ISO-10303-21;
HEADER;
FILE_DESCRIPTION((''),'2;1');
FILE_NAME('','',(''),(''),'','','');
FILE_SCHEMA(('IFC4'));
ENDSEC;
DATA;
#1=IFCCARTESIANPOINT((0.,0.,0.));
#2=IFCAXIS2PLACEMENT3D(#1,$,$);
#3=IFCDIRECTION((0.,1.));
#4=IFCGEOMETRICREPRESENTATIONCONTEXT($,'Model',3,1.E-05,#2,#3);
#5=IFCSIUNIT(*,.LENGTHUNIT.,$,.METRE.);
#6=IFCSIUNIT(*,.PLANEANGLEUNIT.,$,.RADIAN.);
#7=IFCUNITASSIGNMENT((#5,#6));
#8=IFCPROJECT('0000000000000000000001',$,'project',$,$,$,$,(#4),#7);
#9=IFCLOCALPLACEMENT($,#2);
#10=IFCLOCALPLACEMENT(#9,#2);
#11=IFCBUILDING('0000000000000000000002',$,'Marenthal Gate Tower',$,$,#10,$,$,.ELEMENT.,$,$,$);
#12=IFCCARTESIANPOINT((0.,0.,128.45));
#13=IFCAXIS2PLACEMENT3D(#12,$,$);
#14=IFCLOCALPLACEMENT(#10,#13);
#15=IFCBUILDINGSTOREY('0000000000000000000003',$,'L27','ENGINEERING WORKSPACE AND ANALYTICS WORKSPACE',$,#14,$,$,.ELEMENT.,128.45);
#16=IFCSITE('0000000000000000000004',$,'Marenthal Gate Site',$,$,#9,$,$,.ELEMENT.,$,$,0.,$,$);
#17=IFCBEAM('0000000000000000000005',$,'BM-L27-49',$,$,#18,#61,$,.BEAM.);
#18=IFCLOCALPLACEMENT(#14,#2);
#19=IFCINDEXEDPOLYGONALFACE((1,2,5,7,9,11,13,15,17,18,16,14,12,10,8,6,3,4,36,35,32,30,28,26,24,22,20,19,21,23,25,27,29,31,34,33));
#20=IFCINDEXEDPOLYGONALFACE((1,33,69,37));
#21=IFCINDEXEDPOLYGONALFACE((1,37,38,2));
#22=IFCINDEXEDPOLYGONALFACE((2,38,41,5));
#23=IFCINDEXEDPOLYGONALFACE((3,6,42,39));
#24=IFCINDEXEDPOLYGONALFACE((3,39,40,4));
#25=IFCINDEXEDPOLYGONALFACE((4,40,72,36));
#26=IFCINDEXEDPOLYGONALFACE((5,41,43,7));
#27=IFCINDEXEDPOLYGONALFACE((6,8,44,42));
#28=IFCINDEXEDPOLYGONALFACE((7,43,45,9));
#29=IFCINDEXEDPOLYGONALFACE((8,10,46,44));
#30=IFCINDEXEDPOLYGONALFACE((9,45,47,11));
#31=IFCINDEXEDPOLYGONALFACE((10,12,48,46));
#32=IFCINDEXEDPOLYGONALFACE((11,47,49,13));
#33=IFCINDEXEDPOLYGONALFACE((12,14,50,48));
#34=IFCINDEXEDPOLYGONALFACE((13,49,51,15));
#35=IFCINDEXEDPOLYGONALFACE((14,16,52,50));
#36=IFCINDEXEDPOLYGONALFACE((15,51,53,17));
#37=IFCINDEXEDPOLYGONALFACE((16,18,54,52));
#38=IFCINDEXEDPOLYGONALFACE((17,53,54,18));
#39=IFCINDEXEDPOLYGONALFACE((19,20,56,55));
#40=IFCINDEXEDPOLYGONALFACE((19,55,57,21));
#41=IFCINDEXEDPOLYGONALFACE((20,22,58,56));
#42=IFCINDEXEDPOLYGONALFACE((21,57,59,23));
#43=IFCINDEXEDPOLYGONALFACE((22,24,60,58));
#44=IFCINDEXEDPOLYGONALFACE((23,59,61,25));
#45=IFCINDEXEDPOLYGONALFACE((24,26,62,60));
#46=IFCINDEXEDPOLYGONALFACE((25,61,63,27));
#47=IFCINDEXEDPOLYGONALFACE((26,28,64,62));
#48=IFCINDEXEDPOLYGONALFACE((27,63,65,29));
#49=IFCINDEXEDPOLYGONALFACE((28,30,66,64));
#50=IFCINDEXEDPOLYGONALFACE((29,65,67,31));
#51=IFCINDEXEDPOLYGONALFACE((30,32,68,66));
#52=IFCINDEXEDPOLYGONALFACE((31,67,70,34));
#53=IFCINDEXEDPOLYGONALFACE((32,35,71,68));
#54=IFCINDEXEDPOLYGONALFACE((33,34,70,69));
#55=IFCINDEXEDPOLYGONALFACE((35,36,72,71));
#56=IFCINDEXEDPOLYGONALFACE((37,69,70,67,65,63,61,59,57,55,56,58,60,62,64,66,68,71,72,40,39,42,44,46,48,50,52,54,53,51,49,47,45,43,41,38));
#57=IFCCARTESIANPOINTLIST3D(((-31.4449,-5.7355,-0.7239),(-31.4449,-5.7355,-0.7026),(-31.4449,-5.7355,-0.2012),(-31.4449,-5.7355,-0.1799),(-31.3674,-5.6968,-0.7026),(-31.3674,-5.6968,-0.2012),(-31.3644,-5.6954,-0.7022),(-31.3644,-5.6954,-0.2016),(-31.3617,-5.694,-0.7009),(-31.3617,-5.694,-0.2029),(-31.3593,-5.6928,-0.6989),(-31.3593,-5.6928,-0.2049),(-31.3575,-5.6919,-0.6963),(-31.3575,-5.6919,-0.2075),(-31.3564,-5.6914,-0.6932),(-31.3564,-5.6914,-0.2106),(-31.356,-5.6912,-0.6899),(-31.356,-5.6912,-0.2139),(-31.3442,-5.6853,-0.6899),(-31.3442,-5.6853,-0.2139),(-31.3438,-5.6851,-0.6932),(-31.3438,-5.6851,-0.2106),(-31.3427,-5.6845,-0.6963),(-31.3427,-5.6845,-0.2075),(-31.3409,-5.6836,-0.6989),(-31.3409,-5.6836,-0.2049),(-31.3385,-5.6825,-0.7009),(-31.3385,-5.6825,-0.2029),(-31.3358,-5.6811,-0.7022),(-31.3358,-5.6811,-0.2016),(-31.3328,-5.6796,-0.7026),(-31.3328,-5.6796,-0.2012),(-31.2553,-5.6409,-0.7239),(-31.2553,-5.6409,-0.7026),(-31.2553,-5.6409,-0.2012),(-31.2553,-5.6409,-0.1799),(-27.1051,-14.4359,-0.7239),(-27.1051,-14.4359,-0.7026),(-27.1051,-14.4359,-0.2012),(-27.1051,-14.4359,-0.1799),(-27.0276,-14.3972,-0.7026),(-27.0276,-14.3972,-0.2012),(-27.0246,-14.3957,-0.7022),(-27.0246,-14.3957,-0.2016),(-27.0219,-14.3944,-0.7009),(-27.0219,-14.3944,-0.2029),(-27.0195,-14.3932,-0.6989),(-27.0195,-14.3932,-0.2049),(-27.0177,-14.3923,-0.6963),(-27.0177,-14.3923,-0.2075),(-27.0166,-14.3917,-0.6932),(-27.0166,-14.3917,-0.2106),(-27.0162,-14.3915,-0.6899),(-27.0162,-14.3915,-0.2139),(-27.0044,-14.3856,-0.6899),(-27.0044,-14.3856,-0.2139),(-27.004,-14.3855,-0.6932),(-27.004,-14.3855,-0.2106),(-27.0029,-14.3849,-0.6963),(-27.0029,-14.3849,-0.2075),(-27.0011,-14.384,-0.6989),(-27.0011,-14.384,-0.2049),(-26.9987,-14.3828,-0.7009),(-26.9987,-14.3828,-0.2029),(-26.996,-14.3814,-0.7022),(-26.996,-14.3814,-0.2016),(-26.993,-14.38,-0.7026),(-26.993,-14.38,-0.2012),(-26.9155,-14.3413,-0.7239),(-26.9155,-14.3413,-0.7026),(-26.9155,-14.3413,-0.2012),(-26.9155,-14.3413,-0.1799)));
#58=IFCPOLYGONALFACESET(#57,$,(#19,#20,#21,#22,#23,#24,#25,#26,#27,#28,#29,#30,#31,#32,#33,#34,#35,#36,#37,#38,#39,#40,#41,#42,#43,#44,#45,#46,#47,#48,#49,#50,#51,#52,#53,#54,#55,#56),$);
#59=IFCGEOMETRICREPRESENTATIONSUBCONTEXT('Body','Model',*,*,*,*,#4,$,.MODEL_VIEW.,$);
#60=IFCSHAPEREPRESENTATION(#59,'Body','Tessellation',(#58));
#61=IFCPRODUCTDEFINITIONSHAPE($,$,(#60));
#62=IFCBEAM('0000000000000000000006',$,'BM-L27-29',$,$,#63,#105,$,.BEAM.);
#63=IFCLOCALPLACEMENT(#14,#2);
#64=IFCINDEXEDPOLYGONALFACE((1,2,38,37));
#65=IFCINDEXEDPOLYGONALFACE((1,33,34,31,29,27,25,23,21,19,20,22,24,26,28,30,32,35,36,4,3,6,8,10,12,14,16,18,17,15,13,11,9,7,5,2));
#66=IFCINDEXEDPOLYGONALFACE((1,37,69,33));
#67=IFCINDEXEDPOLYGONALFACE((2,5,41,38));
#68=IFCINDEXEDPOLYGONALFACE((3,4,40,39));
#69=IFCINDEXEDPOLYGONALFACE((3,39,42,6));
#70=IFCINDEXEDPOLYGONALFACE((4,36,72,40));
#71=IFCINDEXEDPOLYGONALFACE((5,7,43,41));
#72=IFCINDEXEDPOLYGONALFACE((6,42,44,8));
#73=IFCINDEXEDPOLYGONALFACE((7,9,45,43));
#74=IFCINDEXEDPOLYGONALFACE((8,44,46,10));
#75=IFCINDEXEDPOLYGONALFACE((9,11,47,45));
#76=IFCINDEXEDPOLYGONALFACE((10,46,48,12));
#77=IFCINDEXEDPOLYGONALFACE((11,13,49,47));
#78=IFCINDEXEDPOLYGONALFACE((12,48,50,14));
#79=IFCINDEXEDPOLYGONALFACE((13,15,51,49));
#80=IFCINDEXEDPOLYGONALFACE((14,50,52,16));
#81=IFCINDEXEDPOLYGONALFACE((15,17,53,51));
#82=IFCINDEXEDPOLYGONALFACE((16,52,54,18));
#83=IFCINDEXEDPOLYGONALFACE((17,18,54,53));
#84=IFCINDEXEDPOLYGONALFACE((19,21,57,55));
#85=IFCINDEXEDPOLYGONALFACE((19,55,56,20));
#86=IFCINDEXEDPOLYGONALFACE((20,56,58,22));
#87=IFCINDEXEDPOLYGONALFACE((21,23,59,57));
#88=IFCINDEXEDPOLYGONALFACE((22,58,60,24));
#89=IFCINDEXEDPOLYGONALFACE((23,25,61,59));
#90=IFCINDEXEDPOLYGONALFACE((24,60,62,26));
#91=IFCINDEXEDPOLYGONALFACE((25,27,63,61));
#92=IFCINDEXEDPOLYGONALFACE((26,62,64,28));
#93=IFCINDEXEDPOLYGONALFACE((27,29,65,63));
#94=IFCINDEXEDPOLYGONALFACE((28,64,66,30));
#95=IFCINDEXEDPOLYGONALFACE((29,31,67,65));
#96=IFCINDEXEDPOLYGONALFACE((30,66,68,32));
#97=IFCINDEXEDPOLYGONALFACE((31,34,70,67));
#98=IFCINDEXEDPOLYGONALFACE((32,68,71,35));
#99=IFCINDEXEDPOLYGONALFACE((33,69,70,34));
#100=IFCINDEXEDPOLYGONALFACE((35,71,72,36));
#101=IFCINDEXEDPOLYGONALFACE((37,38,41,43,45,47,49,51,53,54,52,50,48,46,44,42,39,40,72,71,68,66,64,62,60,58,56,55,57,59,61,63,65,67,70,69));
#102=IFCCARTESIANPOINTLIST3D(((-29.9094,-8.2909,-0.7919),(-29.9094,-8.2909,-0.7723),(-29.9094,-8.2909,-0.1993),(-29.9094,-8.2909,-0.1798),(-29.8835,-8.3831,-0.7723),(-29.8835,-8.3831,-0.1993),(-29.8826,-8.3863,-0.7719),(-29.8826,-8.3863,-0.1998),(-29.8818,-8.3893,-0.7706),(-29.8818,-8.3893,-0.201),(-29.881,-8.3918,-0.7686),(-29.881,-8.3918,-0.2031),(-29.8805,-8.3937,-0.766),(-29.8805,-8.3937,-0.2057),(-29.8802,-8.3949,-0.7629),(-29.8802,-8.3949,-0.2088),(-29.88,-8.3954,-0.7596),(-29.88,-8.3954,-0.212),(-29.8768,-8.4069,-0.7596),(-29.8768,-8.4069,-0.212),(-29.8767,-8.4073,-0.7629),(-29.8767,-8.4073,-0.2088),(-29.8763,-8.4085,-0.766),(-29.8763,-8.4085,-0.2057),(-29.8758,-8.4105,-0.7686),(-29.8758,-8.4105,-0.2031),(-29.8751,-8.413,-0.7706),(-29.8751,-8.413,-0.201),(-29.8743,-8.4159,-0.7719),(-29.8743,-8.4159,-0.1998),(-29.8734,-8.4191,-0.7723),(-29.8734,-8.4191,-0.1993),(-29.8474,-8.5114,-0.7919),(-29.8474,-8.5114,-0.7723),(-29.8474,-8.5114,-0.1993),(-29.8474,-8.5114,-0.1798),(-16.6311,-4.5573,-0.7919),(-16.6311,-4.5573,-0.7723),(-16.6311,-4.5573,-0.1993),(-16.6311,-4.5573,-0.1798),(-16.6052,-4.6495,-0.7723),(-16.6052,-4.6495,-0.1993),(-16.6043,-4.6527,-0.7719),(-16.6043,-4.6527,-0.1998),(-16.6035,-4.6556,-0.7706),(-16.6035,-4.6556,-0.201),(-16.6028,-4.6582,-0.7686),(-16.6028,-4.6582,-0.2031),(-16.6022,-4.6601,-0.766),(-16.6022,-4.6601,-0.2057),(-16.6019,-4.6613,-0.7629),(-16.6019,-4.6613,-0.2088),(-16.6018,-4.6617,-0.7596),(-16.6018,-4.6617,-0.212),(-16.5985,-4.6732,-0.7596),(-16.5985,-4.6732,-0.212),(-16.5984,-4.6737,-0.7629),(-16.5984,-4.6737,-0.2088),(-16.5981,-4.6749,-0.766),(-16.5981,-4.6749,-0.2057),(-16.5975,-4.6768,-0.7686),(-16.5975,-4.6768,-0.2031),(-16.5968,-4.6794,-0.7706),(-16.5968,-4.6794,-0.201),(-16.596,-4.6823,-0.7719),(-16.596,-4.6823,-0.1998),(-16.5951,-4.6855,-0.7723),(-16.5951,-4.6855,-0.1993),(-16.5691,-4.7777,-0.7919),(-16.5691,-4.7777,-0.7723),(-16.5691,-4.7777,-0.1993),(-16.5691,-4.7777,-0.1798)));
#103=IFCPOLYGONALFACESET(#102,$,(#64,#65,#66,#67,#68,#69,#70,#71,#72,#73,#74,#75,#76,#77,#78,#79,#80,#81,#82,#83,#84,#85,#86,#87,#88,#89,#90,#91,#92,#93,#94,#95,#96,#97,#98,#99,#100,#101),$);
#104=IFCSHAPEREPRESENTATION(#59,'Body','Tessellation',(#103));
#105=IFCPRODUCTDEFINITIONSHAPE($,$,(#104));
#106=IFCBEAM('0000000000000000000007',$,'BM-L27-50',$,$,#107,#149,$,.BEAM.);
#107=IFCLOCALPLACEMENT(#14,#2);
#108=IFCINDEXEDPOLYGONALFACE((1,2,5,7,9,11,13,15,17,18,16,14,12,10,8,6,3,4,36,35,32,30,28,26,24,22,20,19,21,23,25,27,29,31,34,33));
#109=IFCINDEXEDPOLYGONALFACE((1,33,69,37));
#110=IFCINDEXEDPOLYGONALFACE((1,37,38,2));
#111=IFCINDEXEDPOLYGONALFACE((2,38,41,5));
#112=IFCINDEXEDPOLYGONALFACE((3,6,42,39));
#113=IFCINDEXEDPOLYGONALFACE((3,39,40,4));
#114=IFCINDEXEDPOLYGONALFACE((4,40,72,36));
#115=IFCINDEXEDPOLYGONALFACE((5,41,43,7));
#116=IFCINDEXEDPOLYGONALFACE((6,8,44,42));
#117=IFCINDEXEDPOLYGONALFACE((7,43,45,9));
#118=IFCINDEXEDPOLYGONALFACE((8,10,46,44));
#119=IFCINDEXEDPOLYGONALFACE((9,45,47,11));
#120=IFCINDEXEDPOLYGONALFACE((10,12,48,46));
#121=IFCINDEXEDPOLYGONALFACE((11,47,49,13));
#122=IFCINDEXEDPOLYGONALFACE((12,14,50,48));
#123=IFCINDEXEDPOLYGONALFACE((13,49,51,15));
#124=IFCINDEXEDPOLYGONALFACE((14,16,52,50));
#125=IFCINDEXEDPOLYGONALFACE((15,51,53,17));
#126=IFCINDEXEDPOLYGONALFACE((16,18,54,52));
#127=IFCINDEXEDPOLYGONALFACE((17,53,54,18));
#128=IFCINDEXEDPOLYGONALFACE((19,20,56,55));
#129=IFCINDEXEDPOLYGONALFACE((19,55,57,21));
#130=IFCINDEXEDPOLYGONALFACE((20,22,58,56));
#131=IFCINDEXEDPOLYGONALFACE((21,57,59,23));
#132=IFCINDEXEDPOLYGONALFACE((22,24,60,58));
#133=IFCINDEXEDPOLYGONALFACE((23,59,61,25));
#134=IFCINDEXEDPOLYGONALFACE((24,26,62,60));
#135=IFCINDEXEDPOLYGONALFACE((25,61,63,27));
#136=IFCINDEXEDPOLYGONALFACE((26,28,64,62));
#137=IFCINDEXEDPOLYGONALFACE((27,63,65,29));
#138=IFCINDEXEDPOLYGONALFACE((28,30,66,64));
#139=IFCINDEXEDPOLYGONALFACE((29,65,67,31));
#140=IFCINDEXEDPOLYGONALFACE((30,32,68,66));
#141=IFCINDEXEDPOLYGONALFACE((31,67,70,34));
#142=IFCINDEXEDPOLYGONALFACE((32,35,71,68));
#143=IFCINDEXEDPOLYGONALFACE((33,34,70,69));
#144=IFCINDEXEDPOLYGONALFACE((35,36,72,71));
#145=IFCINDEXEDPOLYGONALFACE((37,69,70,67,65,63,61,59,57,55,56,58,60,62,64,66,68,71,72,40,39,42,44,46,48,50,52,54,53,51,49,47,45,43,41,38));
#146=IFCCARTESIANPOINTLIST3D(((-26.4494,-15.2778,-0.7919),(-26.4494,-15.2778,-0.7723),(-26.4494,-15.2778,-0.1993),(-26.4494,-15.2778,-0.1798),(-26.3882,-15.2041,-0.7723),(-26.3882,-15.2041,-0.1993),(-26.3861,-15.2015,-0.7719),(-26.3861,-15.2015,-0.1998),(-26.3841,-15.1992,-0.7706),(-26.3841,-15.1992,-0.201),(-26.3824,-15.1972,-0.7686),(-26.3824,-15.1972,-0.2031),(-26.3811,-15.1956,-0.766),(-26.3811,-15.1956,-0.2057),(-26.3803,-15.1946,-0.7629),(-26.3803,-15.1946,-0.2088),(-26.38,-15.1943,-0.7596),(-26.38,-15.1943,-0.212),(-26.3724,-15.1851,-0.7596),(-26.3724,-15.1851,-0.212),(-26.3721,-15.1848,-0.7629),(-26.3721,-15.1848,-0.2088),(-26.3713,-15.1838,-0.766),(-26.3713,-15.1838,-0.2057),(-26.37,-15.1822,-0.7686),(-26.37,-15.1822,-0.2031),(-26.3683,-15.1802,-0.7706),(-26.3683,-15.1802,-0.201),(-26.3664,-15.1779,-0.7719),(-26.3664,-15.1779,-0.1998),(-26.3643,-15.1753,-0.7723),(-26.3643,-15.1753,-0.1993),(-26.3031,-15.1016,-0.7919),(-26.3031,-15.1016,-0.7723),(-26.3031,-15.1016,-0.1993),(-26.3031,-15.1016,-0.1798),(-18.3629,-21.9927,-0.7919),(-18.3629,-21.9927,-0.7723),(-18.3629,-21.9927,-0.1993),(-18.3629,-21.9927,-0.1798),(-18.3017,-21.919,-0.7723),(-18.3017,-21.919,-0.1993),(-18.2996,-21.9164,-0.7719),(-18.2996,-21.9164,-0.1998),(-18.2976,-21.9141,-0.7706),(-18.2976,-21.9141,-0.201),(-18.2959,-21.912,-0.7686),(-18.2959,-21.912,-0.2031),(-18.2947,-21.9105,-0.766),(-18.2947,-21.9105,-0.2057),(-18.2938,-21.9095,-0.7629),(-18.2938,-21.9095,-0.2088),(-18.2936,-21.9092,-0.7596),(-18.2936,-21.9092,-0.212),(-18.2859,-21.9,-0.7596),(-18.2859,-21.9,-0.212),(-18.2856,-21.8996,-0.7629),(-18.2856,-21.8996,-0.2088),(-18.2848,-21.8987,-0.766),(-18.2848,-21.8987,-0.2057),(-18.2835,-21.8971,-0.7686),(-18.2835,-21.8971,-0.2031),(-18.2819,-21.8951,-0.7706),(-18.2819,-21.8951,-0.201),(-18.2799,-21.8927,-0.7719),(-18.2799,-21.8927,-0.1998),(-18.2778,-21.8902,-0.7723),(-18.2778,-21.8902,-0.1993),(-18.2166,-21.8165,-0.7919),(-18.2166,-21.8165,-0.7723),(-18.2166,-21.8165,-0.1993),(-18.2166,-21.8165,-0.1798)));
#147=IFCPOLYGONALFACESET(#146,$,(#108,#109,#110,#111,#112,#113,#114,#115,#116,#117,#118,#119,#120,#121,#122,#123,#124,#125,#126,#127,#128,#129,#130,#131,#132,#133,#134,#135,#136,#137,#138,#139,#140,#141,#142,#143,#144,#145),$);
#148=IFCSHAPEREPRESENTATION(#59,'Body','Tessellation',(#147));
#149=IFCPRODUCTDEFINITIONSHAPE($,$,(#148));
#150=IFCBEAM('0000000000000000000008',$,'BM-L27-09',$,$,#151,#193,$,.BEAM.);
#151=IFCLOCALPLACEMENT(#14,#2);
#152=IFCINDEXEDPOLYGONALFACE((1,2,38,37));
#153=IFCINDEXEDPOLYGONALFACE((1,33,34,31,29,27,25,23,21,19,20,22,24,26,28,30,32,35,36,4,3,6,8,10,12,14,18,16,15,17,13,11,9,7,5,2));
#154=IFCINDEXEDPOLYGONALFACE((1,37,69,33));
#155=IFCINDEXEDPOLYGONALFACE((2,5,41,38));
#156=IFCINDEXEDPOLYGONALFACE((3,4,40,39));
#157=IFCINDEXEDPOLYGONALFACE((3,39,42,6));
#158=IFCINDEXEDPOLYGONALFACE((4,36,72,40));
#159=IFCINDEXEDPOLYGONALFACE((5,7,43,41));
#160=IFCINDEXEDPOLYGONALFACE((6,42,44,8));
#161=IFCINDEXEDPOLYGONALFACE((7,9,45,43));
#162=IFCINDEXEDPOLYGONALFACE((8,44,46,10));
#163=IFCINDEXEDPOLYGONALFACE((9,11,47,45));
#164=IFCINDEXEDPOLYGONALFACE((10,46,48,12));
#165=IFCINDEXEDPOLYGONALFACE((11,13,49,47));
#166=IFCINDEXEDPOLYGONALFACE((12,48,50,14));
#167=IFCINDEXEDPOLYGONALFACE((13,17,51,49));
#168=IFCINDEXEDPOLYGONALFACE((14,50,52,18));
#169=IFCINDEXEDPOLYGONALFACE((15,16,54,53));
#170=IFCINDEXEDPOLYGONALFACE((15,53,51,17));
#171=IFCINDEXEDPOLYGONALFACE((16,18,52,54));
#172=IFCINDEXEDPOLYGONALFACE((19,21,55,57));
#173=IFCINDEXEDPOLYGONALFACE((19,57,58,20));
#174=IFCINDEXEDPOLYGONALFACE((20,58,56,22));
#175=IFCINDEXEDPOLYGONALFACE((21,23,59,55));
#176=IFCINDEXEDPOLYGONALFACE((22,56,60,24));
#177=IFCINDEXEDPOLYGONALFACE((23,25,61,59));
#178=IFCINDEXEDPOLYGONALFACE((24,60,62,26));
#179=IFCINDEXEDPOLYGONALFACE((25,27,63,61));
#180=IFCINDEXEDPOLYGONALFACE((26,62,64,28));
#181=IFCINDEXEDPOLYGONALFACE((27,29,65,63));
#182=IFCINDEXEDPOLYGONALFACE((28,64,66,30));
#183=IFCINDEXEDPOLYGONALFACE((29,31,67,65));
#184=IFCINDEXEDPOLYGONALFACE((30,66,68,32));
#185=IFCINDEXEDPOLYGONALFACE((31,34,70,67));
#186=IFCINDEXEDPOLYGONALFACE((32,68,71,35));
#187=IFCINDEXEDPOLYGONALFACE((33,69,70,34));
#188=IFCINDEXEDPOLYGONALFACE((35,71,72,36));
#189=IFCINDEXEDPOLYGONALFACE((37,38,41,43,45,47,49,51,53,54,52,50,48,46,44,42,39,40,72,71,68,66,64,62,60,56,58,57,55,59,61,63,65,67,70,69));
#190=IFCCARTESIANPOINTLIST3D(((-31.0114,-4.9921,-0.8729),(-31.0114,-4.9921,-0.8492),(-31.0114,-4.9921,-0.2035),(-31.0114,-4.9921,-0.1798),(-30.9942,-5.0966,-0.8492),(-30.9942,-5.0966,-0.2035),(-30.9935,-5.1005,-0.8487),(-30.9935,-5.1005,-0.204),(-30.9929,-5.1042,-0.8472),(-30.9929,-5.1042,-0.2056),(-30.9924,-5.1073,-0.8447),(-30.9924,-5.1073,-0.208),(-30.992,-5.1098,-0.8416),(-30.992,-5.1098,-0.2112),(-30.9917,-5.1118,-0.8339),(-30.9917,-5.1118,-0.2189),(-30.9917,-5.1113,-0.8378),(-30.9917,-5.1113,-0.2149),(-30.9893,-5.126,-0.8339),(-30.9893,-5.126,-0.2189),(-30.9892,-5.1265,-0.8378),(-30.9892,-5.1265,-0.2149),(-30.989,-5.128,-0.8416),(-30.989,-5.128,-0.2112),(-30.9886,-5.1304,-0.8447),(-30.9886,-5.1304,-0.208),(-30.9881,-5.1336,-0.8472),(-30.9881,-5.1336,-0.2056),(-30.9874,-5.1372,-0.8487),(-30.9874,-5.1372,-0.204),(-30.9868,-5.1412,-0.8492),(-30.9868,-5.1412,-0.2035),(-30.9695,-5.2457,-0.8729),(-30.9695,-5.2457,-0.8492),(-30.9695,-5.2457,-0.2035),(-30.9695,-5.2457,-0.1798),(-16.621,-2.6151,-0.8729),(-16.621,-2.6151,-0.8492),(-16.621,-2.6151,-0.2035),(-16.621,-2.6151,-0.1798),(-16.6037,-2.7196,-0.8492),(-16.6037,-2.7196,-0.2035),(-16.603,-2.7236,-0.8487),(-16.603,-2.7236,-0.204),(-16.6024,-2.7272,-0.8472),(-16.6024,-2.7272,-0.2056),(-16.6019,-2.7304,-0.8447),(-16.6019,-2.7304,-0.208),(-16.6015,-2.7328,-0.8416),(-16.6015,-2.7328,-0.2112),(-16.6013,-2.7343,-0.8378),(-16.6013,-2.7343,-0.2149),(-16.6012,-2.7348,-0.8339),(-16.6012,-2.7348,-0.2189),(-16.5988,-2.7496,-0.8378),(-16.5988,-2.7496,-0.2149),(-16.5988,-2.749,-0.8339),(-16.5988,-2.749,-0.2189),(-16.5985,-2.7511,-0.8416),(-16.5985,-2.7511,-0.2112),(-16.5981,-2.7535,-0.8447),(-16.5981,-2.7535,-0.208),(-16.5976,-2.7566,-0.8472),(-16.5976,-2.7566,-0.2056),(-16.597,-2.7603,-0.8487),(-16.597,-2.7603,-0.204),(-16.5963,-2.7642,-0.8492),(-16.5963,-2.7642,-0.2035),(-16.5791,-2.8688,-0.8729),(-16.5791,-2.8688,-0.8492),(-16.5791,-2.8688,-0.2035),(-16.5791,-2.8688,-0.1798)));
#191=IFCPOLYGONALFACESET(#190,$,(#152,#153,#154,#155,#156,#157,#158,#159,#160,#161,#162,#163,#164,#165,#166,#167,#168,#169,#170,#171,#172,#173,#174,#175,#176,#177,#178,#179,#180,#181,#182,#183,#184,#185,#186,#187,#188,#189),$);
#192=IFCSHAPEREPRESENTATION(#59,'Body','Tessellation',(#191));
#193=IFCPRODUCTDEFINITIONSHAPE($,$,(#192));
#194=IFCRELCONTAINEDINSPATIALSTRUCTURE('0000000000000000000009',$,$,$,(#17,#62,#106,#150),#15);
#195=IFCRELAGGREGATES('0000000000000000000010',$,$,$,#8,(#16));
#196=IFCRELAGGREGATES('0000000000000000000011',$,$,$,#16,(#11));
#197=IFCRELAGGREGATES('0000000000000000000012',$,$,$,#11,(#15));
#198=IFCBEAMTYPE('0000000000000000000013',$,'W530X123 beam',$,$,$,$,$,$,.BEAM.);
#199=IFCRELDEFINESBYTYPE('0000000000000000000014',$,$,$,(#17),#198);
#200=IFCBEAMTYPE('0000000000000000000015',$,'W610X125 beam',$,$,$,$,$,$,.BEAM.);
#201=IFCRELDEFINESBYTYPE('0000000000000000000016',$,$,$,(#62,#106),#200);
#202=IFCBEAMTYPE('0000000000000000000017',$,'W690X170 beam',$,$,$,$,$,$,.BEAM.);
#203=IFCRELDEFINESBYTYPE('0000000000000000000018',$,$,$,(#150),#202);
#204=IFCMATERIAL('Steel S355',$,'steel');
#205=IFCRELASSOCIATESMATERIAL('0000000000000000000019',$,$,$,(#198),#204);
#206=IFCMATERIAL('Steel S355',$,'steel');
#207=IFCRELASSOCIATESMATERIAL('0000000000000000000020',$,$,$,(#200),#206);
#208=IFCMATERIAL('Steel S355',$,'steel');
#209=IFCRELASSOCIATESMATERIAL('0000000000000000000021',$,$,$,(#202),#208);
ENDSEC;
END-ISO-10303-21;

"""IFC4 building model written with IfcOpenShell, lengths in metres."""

from ifc_helpers import new_model, si_unit, direction, frame, origin, origin_2d, place, context, subcontext, project, spatial, i_section, extrude, material, material_profile, profile_set, type_object, element, save


model = new_model("IFC4")

# Units and contexts
model_context = context("Model", 3, precision=1e-05, world=origin(), true_north=direction((0.0, 1.0)))
body_context = subcontext(model_context, "Body", "Model", "MODEL_VIEW")
ifc_project = project(units=[si_unit("LENGTHUNIT", "METRE"), si_unit("PLANEANGLEUNIT", "RADIAN")], contexts=[model_context])

# Site, building, storey
site_placement = place(None, origin())
site = spatial("IfcSite", under=ifc_project, at=site_placement, Name="Marenthal Gate Site", CompositionType="ELEMENT", RefElevation=0.0)
building_placement = place(site_placement, origin())
building = spatial("IfcBuilding", under=site, at=building_placement, Name="Marenthal Gate Tower", CompositionType="ELEMENT")
storey_placement = place(building_placement, frame((0.0, 0.0, 128.45)))
storey = spatial("IfcBuildingStorey", under=building, at=storey_placement, Name="L27", Description="ENGINEERING WORKSPACE AND ANALYTICS WORKSPACE", CompositionType="ELEMENT", Elevation=128.45)

# Beams
ifc_material_1 = material(Name="Steel S355", Category="steel")
ifc_material_profile_1 = material_profile(ifc_material_1, i_section(OverallWidth=0.2119, OverallDepth=0.5439, WebThickness=0.0132, FlangeThickness=0.0212, FilletRadius=0.0127, at=origin_2d()), Name="W530X123")
ifc_profile_set_1 = profile_set([ifc_material_profile_1], Name="Steel S355")
beam_type_1 = type_object("IfcBeamType", Name="W530X123 beam", PredefinedType="BEAM", material=ifc_profile_set_1)
beam_1_placement = place(storey_placement, frame((-31.3501, -5.6882, -0.4519), z_axis=(0.44636, -0.894854, 0.0), x_axis=(0.894854, 0.44636, 0.0)))
element("IfcBeam", 1, at=beam_1_placement, inside=storey, type_object=beam_type_1, Name="BM-L27-49", PredefinedType="BEAM", context=body_context, shape_type="SweptSolid", body=[
    extrude(i_section(OverallWidth=0.2119, OverallDepth=0.5439, WebThickness=0.0132, FlangeThickness=0.0212, FilletRadius=0.0127, at=origin_2d()), origin(), (0.0, 0.0, 1.0), 9.7227),
])
ifc_material_2 = material(Name="Steel S355", Category="steel")
ifc_material_profile_2 = material_profile(ifc_material_2, i_section(OverallWidth=0.229, OverallDepth=0.6121, WebThickness=0.012, FlangeThickness=0.0195, FilletRadius=0.0127, at=origin_2d()), Name="W610X125")
ifc_profile_set_2 = profile_set([ifc_material_profile_2], Name="Steel S355")
beam_type_2 = type_object("IfcBeamType", Name="W610X125 beam", PredefinedType="BEAM", material=ifc_profile_set_2)
beam_2_placement = place(storey_placement, frame((-29.8784, -8.4011, -0.4858), z_axis=(0.962668, 0.270686, 0.0), x_axis=(-0.270686, 0.962668, 0.0)))
element("IfcBeam", 2, at=beam_2_placement, inside=storey, type_object=beam_type_2, Name="BM-L27-29", PredefinedType="BEAM", context=body_context, shape_type="SweptSolid", body=[
    extrude(i_section(OverallWidth=0.229, OverallDepth=0.6121, WebThickness=0.012, FlangeThickness=0.0195, FilletRadius=0.0127, at=origin_2d()), origin(), (0.0, 0.0, 1.0), 13.7932),
])
beam_3_placement = place(storey_placement, frame((-26.3762, -15.1897, -0.4858), z_axis=(0.769336, -0.638845, 0.0), x_axis=(0.638845, 0.769336, 0.0)))
element("IfcBeam", 3, at=beam_3_placement, inside=storey, type_object=beam_type_2, Name="BM-L27-50", PredefinedType="BEAM", context=body_context, shape_type="SweptSolid", body=[
    extrude(i_section(OverallWidth=0.229, OverallDepth=0.6121, WebThickness=0.012, FlangeThickness=0.0195, FilletRadius=0.0127, at=origin_2d()), origin(), (0.0, 0.0, 1.0), 10.511),
])
ifc_material_3 = material(Name="Steel S355", Category="steel")
ifc_material_profile_3 = material_profile(ifc_material_3, i_section(OverallWidth=0.2571, OverallDepth=0.6931, WebThickness=0.0144, FlangeThickness=0.0237, FilletRadius=0.0154, at=origin_2d()), Name="W690X170")
ifc_profile_set_3 = profile_set([ifc_material_profile_3], Name="Steel S355")
beam_type_3 = type_object("IfcBeamType", Name="W690X170 beam", PredefinedType="BEAM", material=ifc_profile_set_3)
beam_4_placement = place(storey_placement, frame((-30.9905, -5.1189, -0.5264), z_axis=(0.986631, 0.162968, 0.0), x_axis=(-0.162968, 0.986631, 0.0)))
element("IfcBeam", 4, at=beam_4_placement, inside=storey, type_object=beam_type_3, Name="BM-L27-09", PredefinedType="BEAM", context=body_context, shape_type="SweptSolid", body=[
    extrude(i_section(OverallWidth=0.2571, OverallDepth=0.6931, WebThickness=0.0144, FlangeThickness=0.0237, FilletRadius=0.0154, at=origin_2d()), origin(), (0.0, 0.0, 1.0), 14.5854),
])

save(model, "model.ifc")
